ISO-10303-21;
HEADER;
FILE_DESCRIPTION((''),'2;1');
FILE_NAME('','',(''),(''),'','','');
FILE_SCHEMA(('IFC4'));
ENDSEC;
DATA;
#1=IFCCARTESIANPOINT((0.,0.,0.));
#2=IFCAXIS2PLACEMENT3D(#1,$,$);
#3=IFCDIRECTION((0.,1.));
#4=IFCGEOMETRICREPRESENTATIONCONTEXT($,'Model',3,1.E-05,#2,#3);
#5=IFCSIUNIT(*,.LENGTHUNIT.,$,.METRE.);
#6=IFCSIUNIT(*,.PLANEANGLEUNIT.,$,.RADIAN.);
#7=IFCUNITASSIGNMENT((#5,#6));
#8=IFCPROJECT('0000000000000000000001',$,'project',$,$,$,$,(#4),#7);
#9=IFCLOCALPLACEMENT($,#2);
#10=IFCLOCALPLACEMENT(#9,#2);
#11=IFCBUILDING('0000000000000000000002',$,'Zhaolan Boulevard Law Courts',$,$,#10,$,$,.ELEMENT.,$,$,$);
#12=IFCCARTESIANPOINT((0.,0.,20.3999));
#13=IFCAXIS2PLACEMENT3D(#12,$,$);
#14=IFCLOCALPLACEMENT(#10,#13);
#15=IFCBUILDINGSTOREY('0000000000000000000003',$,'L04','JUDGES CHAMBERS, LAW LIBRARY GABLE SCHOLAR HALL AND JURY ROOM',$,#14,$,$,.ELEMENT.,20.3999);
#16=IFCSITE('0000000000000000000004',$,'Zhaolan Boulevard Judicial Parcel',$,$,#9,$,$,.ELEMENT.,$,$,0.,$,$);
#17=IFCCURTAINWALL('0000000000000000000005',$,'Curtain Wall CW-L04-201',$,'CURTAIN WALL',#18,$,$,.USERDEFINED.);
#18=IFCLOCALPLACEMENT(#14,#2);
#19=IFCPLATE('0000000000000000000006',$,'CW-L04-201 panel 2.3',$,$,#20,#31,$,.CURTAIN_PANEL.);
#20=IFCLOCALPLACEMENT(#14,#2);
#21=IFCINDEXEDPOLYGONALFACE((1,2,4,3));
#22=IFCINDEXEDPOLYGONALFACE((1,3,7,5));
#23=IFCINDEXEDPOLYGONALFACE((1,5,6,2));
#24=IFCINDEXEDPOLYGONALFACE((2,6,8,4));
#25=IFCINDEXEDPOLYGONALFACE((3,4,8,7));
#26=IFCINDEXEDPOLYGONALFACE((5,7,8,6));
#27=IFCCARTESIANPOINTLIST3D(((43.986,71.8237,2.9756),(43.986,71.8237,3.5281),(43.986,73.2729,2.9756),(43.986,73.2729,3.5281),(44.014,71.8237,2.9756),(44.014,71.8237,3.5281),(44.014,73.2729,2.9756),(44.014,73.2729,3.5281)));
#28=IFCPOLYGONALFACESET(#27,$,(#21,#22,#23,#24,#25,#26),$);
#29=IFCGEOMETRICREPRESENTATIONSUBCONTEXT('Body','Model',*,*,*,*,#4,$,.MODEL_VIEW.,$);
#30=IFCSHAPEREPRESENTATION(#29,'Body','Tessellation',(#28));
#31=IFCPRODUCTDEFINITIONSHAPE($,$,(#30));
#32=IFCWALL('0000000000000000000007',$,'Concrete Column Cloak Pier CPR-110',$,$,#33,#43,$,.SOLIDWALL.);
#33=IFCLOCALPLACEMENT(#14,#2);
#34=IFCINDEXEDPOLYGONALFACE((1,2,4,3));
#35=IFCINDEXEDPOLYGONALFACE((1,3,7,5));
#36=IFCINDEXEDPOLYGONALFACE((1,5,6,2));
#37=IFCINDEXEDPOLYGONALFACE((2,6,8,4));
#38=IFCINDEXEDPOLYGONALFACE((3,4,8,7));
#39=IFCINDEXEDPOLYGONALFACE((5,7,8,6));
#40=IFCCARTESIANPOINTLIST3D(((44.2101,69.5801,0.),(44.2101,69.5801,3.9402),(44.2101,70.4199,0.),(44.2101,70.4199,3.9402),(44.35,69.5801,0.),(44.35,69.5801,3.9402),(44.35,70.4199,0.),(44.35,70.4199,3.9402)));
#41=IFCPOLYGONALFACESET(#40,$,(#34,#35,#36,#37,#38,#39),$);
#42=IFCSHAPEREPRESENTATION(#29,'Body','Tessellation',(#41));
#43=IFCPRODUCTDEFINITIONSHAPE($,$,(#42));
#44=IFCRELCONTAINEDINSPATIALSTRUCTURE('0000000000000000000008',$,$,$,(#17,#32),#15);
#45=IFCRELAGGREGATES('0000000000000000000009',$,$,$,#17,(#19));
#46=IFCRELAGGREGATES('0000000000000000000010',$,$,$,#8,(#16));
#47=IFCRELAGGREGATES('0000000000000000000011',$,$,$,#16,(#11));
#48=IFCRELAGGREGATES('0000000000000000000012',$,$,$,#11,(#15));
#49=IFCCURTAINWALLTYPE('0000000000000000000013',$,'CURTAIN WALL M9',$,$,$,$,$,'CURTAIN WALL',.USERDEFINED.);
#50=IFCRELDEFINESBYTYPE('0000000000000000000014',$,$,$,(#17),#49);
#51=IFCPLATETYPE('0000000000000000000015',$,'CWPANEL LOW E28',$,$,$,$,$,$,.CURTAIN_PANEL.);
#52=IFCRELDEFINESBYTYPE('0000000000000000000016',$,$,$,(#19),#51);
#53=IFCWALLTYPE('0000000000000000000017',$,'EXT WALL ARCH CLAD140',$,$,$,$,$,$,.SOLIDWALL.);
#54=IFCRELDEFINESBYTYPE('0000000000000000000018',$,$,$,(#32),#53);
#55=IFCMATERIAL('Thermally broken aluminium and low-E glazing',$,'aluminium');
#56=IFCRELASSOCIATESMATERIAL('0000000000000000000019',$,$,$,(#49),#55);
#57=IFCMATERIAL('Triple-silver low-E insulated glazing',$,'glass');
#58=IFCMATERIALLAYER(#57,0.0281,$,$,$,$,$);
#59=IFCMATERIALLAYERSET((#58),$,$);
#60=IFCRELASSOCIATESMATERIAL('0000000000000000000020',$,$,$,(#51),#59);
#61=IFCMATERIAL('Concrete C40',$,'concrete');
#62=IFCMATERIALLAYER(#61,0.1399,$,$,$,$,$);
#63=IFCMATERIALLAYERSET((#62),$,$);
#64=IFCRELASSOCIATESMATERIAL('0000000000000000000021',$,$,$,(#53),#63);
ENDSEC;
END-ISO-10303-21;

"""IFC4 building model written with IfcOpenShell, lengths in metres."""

from ifc_helpers import new_model, si_unit, direction, frame, frame_2d, origin, origin_2d, place, context, subcontext, project, spatial, rectangle, extrude, material, layer, layer_set, type_object, element, aggregate, save


model = new_model("IFC4")

# Units and contexts
model_context = context("Model", 3, precision=1e-05, world=origin(), true_north=direction((0.0, 1.0)))
body_context = subcontext(model_context, "Body", "Model", "MODEL_VIEW")
ifc_project = project(units=[si_unit("LENGTHUNIT", "METRE"), si_unit("PLANEANGLEUNIT", "RADIAN")], contexts=[model_context])

# Site, building, storey
site_placement = place(None, origin())
site = spatial("IfcSite", under=ifc_project, at=site_placement, Name="Zhaolan Boulevard Judicial Parcel", CompositionType="ELEMENT", RefElevation=0.0)
building_placement = place(site_placement, origin())
building = spatial("IfcBuilding", under=site, at=building_placement, Name="Zhaolan Boulevard Law Courts", CompositionType="ELEMENT")
storey_placement = place(building_placement, frame((0.0, 0.0, 20.3999)))
storey = spatial("IfcBuildingStorey", under=building, at=storey_placement, Name="L04", Description="JUDGES CHAMBERS, LAW LIBRARY GABLE SCHOLAR HALL AND JURY ROOM", CompositionType="ELEMENT", Elevation=20.3999)

# Curtain wall
ifc_material_1 = material(Name="Thermally broken aluminium and low-E glazing", Category="aluminium")
curtain_wall_type_1 = type_object("IfcCurtainWallType", Name="CURTAIN WALL M9", ElementType="CURTAIN WALL", PredefinedType="USERDEFINED", material=ifc_material_1)
curtain_wall_1_placement = place(storey_placement, origin())
curtain_wall_1 = element("IfcCurtainWall", 1, at=curtain_wall_1_placement, inside=storey, type_object=curtain_wall_type_1, Name="Curtain Wall CW-L04-201", ObjectType="CURTAIN WALL", PredefinedType="USERDEFINED")

# Plate
ifc_material_2 = material(Name="Triple-silver low-E insulated glazing", Category="glass")
ifc_layer_1 = layer(ifc_material_2, 0.0281)
ifc_layer_set_1 = layer_set([ifc_layer_1])
plate_type = type_object("IfcPlateType", Name="CWPANEL LOW E28", PredefinedType="CURTAIN_PANEL", material=ifc_layer_set_1)
plate_1_placement = place(storey_placement, frame((44.0, 72.5483, 2.9756), z_axis=(0.0, 0.0, 1.0), x_axis=(0.0, 1.0, 0.0)))
plate_1 = element("IfcPlate", 2, at=plate_1_placement, type_object=plate_type, Name="CW-L04-201 panel 2.3", PredefinedType="CURTAIN_PANEL", context=body_context, shape_type="SweptSolid", body=[
    extrude(rectangle(XDim=1.4492, YDim=0.0281, at=origin_2d()), origin(), (0.0, 0.0, 1.0), 0.5525),
])
aggregate(curtain_wall_1, [plate_1])

# Wall
ifc_material_3 = material(Name="Concrete C40", Category="concrete")
ifc_layer_2 = layer(ifc_material_3, 0.1399)
ifc_layer_set_2 = layer_set([ifc_layer_2])
wall_type = type_object("IfcWallType", Name="EXT WALL ARCH CLAD140", PredefinedType="SOLIDWALL", material=ifc_layer_set_2)
wall_placement = place(storey_placement, frame((44.28, 69.5801, 0.0), z_axis=(0.0, 0.0, 1.0), x_axis=(0.0, 1.0, 0.0)))
element("IfcWall", 3, at=wall_placement, inside=storey, type_object=wall_type, Name="Concrete Column Cloak Pier CPR-110", PredefinedType="SOLIDWALL", context=body_context, shape_type="SweptSolid", body=[
    extrude(rectangle(XDim=0.8398, YDim=0.1399, at=frame_2d((0.4199, 0.0))), origin(), (0.0, 0.0, 1.0), 3.9402),
])

save(model, "model.ifc")
